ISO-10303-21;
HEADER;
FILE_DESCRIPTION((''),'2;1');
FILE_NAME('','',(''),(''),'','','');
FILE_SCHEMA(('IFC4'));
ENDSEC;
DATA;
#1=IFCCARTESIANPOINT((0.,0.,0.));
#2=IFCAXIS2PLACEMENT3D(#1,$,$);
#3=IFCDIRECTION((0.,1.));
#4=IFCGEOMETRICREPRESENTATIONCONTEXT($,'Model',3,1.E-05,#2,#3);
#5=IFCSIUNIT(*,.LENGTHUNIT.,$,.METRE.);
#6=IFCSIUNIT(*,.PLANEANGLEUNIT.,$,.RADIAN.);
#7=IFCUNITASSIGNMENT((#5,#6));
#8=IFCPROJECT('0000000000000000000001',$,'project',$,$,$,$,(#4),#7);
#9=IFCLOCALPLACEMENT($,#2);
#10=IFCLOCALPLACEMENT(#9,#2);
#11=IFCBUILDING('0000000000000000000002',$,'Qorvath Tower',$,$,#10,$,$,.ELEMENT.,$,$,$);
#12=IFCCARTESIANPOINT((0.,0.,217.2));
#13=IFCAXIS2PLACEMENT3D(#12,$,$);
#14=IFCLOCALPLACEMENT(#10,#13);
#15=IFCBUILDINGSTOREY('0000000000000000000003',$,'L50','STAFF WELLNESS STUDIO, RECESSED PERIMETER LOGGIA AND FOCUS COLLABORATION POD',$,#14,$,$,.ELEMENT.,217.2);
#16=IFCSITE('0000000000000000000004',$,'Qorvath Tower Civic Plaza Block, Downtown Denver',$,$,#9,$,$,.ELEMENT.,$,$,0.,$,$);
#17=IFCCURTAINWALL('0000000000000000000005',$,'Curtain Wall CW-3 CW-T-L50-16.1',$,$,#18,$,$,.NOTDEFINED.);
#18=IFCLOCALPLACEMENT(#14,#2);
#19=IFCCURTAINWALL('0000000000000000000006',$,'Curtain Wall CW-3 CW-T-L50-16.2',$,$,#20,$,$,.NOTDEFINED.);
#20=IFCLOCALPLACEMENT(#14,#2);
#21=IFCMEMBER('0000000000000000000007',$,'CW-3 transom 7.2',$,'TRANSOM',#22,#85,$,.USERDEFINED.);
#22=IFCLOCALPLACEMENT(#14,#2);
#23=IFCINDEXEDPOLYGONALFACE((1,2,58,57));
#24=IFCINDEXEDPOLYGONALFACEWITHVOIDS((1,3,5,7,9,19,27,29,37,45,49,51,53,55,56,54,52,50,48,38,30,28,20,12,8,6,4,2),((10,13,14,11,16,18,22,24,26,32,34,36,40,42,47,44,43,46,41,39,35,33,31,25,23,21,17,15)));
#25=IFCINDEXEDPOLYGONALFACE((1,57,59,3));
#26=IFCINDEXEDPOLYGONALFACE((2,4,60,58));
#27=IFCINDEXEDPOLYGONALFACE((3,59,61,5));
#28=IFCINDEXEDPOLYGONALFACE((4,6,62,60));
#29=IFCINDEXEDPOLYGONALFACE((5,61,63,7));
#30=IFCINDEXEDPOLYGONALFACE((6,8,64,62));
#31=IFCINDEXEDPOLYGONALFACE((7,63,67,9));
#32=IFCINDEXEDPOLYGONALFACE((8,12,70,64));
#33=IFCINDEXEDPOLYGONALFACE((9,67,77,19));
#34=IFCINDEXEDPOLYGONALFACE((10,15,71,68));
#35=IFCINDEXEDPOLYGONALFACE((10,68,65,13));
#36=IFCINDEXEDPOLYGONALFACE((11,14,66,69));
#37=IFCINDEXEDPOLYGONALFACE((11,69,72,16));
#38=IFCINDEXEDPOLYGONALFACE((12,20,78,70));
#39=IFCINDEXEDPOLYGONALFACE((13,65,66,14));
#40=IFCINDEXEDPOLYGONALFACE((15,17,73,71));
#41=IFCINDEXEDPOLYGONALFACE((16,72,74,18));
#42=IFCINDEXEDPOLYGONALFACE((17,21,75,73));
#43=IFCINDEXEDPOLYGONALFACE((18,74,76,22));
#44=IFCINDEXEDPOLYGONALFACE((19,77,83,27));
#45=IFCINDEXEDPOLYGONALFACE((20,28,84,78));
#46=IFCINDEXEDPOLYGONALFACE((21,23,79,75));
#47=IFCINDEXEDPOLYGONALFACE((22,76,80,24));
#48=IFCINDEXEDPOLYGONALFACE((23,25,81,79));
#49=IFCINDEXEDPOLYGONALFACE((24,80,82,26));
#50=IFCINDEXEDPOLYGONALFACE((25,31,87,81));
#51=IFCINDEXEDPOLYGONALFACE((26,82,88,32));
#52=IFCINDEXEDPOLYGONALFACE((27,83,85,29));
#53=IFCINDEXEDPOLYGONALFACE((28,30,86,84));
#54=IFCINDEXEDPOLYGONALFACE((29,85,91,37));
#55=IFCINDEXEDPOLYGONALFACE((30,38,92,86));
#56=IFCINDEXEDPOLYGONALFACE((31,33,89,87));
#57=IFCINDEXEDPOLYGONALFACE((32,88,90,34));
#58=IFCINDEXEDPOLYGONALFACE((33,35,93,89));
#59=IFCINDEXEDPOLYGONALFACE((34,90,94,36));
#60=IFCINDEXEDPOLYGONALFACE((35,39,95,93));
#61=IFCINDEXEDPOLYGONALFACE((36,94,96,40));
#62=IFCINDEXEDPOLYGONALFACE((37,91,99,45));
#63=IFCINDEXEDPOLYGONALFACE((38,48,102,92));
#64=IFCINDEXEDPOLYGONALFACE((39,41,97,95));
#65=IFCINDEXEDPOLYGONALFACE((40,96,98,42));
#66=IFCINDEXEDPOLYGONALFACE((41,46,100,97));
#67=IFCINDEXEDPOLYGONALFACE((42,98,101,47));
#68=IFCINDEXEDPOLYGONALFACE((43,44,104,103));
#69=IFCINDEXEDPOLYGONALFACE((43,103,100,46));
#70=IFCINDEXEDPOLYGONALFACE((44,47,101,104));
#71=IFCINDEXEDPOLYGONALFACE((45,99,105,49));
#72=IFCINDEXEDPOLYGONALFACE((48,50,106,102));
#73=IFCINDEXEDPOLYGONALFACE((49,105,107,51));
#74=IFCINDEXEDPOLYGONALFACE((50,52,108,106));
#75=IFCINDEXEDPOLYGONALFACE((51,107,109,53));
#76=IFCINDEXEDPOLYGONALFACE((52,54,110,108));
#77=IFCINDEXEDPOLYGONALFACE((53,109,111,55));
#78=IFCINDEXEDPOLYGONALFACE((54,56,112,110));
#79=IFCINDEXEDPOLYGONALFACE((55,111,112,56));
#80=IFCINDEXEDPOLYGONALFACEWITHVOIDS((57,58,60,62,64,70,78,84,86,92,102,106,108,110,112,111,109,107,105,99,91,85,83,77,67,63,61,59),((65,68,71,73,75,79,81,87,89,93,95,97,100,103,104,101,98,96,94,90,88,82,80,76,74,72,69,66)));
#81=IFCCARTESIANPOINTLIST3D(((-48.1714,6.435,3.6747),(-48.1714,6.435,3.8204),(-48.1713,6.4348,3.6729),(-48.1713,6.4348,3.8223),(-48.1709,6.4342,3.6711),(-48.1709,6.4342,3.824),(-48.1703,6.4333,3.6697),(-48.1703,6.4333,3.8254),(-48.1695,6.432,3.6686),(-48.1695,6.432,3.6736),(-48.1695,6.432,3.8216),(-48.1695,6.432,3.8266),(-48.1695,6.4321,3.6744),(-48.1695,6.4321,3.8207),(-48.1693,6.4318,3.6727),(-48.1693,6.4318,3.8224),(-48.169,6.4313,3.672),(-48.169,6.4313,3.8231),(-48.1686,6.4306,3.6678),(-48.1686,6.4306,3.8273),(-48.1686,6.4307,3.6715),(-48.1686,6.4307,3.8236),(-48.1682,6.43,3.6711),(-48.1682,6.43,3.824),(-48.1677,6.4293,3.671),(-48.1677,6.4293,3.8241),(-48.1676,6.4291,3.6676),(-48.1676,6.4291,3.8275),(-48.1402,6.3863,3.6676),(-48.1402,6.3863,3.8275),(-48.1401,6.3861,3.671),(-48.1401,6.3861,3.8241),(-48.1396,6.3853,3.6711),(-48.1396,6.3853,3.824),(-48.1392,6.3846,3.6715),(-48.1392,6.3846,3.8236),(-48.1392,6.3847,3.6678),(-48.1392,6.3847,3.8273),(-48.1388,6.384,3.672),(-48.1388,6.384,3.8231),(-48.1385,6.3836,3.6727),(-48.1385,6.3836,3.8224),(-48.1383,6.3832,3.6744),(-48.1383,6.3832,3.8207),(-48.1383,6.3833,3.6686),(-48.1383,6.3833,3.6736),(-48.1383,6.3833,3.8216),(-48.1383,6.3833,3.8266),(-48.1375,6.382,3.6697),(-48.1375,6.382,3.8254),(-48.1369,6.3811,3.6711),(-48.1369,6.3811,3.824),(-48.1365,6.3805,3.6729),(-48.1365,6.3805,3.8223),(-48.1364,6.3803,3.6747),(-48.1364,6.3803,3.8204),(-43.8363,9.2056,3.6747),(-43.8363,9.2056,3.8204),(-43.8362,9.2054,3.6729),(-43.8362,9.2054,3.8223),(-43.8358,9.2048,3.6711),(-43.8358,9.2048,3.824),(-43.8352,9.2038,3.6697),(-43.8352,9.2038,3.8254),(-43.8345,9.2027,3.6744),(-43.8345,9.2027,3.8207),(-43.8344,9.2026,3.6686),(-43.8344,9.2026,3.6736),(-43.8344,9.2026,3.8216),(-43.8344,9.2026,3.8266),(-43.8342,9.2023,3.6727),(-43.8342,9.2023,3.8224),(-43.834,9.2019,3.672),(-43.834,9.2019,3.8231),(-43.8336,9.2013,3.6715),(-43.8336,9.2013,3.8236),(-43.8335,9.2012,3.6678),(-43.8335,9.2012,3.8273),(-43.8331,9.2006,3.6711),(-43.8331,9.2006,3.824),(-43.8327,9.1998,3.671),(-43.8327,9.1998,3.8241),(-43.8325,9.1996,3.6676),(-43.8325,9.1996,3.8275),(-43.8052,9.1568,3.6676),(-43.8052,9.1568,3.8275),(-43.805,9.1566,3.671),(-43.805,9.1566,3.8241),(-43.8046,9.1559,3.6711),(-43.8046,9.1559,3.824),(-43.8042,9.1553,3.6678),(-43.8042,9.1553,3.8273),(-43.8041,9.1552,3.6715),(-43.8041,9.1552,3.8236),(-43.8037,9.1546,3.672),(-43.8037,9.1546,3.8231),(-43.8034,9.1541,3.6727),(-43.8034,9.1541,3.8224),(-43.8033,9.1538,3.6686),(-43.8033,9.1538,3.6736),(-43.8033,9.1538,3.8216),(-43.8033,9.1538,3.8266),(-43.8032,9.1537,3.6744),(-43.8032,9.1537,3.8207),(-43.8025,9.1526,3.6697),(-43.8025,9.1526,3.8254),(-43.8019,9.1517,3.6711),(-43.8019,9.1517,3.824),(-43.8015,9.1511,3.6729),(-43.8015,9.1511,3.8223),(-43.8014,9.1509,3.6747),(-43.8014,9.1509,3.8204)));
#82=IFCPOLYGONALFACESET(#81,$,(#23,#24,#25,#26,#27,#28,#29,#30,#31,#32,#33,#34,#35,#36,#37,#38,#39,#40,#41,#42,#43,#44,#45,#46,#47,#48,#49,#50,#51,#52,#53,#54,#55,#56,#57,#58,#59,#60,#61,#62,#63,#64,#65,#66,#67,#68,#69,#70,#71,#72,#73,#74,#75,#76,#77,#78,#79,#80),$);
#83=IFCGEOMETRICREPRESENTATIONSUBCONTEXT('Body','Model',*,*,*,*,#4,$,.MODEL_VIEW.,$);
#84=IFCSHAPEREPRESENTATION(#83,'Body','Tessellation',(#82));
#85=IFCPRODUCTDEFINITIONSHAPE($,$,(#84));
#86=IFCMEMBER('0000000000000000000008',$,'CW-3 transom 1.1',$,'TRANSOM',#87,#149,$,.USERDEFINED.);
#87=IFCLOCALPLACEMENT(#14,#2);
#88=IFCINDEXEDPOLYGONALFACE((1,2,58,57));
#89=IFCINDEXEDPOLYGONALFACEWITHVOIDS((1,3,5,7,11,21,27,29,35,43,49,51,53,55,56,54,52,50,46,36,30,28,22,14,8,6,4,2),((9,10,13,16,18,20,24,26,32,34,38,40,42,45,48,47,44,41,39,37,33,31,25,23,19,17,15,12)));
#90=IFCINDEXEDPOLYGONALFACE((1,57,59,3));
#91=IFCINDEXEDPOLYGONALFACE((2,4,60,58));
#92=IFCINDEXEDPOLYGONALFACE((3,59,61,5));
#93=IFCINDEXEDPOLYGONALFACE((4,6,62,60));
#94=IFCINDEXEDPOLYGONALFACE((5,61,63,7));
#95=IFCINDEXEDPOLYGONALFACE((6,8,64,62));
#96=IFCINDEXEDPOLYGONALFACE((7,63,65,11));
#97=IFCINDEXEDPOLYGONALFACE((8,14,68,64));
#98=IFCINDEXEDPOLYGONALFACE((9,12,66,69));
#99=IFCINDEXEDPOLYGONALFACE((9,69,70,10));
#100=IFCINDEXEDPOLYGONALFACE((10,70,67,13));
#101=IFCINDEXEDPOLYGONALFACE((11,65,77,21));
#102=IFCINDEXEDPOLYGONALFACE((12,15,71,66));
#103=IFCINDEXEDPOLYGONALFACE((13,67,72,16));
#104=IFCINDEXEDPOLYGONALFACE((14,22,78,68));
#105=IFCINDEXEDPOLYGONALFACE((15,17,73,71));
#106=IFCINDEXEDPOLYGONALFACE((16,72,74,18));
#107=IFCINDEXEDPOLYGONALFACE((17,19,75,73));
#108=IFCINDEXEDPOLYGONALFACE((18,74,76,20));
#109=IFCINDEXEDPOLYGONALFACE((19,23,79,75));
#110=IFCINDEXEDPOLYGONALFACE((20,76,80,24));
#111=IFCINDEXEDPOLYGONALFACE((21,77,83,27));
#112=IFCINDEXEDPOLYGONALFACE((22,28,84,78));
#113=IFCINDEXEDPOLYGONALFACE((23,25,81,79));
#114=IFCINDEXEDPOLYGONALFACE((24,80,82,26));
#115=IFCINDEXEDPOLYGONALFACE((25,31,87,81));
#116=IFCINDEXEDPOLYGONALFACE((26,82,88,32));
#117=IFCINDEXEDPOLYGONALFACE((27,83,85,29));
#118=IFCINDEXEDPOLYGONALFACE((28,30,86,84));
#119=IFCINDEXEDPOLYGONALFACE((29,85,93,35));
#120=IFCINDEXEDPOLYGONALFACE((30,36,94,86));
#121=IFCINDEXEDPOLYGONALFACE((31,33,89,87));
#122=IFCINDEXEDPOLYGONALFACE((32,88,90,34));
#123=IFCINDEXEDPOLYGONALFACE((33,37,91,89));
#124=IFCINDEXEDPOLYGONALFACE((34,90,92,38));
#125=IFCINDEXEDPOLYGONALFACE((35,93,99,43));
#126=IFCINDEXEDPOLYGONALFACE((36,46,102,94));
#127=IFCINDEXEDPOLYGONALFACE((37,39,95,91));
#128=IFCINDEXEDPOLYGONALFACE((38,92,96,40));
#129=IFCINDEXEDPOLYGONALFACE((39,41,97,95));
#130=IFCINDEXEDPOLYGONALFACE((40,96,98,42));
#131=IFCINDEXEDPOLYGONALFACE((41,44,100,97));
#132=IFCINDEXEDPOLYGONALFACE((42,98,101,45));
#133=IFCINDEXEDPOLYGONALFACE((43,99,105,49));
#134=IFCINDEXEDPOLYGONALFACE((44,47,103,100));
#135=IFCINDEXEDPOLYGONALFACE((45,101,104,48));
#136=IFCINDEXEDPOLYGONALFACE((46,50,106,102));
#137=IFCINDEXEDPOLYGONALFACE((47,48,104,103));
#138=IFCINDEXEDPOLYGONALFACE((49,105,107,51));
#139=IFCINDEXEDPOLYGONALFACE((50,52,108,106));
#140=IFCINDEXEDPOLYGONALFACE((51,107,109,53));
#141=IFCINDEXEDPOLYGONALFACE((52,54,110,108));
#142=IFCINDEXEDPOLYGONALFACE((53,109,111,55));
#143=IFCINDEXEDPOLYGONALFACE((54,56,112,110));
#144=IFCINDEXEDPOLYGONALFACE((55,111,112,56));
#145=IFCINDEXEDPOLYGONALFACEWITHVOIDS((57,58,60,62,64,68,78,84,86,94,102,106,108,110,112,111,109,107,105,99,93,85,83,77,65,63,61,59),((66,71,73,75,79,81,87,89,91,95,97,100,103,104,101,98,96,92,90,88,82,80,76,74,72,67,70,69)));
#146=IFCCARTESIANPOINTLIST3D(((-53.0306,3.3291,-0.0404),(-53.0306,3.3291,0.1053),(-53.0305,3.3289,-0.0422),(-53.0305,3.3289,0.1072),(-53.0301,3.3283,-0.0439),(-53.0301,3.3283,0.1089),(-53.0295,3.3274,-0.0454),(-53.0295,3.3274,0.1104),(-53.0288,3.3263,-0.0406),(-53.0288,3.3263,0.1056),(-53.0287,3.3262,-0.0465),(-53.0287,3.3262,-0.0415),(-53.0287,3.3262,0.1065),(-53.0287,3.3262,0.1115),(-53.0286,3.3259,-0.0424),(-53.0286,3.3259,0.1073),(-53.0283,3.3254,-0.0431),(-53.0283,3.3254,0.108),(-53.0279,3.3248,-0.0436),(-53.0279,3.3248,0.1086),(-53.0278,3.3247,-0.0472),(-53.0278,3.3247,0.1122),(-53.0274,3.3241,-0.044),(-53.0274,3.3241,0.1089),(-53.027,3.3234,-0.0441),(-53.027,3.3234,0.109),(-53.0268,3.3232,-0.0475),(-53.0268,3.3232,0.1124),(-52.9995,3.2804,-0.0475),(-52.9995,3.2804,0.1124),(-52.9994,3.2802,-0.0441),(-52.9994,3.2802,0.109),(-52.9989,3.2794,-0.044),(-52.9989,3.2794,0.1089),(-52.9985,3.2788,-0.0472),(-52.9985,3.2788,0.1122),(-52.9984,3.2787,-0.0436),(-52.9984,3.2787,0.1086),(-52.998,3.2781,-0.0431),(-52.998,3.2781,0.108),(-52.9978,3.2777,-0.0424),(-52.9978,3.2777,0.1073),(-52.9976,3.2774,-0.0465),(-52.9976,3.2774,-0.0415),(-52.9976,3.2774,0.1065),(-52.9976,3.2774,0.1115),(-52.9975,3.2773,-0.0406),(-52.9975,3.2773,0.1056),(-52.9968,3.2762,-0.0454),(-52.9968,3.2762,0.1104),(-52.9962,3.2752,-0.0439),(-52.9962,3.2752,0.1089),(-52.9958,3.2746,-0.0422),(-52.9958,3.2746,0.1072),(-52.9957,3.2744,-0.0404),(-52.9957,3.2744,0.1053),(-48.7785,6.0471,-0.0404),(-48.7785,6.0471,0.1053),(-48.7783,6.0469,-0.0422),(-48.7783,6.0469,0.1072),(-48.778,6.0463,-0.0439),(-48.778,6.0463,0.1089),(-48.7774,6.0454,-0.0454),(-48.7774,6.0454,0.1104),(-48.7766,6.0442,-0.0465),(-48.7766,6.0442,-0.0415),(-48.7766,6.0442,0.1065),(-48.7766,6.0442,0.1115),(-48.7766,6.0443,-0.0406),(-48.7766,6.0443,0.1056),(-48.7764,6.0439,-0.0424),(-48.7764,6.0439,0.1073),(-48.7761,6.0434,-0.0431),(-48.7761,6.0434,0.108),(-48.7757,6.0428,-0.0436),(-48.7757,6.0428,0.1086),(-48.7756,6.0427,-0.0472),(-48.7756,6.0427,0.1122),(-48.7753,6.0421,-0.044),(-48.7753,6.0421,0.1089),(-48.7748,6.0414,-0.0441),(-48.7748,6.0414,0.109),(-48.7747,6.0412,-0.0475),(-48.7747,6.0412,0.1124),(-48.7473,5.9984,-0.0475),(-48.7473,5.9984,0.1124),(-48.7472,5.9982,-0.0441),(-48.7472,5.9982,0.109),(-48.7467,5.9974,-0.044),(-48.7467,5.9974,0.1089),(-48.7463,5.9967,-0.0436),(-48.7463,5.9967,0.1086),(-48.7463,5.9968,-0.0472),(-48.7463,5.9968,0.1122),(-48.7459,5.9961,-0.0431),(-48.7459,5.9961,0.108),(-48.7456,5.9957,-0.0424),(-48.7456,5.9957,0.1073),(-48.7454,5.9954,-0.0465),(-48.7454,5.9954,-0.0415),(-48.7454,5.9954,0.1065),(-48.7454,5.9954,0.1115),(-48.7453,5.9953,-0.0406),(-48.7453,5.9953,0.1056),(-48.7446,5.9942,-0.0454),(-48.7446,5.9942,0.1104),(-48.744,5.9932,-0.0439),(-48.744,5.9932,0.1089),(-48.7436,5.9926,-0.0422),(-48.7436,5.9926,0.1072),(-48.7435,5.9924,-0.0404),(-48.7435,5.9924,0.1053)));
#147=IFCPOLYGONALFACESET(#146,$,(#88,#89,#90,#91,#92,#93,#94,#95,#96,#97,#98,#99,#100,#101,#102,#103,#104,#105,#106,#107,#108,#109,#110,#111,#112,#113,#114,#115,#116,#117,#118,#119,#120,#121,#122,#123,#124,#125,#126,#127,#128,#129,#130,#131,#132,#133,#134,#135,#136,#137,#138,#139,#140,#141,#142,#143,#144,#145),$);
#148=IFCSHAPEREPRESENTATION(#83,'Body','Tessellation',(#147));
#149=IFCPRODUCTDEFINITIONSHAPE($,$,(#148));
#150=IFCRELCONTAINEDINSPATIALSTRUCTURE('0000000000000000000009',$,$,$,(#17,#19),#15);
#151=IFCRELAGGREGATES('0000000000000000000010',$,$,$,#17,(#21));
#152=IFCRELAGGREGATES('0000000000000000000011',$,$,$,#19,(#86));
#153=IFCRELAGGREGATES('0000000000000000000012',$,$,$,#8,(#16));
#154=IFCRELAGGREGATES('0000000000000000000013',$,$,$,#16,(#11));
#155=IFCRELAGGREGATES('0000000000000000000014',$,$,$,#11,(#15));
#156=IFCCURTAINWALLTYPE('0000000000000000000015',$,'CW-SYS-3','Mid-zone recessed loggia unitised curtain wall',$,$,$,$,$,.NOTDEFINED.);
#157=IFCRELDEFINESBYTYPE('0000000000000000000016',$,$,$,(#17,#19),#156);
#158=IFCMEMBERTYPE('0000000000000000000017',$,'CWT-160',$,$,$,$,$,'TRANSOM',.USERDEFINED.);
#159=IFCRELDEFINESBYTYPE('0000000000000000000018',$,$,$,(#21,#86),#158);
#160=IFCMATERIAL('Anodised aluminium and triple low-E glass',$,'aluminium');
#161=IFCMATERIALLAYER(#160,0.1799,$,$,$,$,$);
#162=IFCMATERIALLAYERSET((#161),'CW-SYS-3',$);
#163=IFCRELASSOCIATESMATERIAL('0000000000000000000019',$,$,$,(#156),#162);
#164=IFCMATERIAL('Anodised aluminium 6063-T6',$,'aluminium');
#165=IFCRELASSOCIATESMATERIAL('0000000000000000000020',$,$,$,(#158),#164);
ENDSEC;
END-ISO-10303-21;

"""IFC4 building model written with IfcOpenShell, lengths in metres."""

from ifc_helpers import new_model, si_unit, direction, frame, origin, origin_2d, place, context, subcontext, project, spatial, hollow_rectangle, extrude, material, layer, layer_set, material_profile, profile_set, type_object, element, aggregate, save


model = new_model("IFC4")

# Units and contexts
model_context = context("Model", 3, precision=1e-05, world=origin(), true_north=direction((0.0, 1.0)))
body_context = subcontext(model_context, "Body", "Model", "MODEL_VIEW")
ifc_project = project(units=[si_unit("LENGTHUNIT", "METRE"), si_unit("PLANEANGLEUNIT", "RADIAN")], contexts=[model_context])

# Site, building, storey
site_placement = place(None, origin())
site = spatial("IfcSite", under=ifc_project, at=site_placement, Name="Qorvath Tower Civic Plaza Block, Downtown Denver", CompositionType="ELEMENT", RefElevation=0.0)
building_placement = place(site_placement, origin())
building = spatial("IfcBuilding", under=site, at=building_placement, Name="Qorvath Tower", CompositionType="ELEMENT")
storey_placement = place(building_placement, frame((0.0, 0.0, 217.2)))
storey = spatial("IfcBuildingStorey", under=building, at=storey_placement, Name="L50", Description="STAFF WELLNESS STUDIO, RECESSED PERIMETER LOGGIA AND FOCUS COLLABORATION POD", CompositionType="ELEMENT", Elevation=217.2)

# Curtain walls
ifc_material_1 = material(Name="Anodised aluminium and triple low-E glass", Category="aluminium")
ifc_layer_1 = layer(ifc_material_1, 0.1799)
ifc_layer_set_1 = layer_set([ifc_layer_1], Name="CW-SYS-3")
curtain_wall_type = type_object("IfcCurtainWallType", Name="CW-SYS-3", Description="Mid-zone recessed loggia unitised curtain wall", PredefinedType="NOTDEFINED", material=ifc_layer_set_1)
curtain_wall_1_placement = place(storey_placement, origin())
curtain_wall_1 = element("IfcCurtainWall", 1, at=curtain_wall_1_placement, inside=storey, type_object=curtain_wall_type, Name="Curtain Wall CW-3 CW-T-L50-16.1", PredefinedType="NOTDEFINED")
curtain_wall_2_placement = place(storey_placement, origin())
curtain_wall_2 = element("IfcCurtainWall", 2, at=curtain_wall_2_placement, inside=storey, type_object=curtain_wall_type, Name="Curtain Wall CW-3 CW-T-L50-16.2", PredefinedType="NOTDEFINED")

# Members
ifc_material_2 = material(Name="Anodised aluminium 6063-T6", Category="aluminium")
ifc_material_profile_1 = material_profile(ifc_material_2, hollow_rectangle(XDim=0.0649, YDim=0.1599, WallThickness=0.0034, InnerFilletRadius=0.0034, OuterFilletRadius=0.0071, at=origin_2d()), Name="CWT 160x65")
ifc_profile_set_1 = profile_set([ifc_material_profile_1], Name="Anodised aluminium 6063-T6")
member_type_1 = type_object("IfcMemberType", Name="CWT-160", ElementType="TRANSOM", PredefinedType="USERDEFINED", material=ifc_profile_set_1)
member_1_placement = place(storey_placement, frame((-43.8188, 9.1782, 3.7476), z_axis=(-0.842613, -0.53852, 0.0), x_axis=(0.53852, -0.842613, 0.0)))
member_1 = element("IfcMember", 3, at=member_1_placement, type_object=member_type_1, Name="CW-3 transom 7.2", ObjectType="TRANSOM", PredefinedType="USERDEFINED", context=body_context, shape_type="SweptSolid", body=[
    extrude(hollow_rectangle(XDim=0.0649, YDim=0.1599, WallThickness=0.0034, InnerFilletRadius=0.0034, OuterFilletRadius=0.0071, at=origin_2d()), origin(), (0.0, 0.0, 1.0), 5.1448),
])
member_2_placement = place(storey_placement, frame((-48.761, 6.0198, 0.0325), z_axis=(-0.842576, -0.538577, 0.0), x_axis=(0.538577, -0.842576, 0.0)))
member_2 = element("IfcMember", 4, at=member_2_placement, type_object=member_type_1, Name="CW-3 transom 1.1", ObjectType="TRANSOM", PredefinedType="USERDEFINED", context=body_context, shape_type="SweptSolid", body=[
    extrude(hollow_rectangle(XDim=0.0649, YDim=0.1599, WallThickness=0.0034, InnerFilletRadius=0.0034, OuterFilletRadius=0.0071, at=origin_2d()), origin(), (0.0, 0.0, 1.0), 5.0466),
])

aggregate(curtain_wall_1, [member_1])
aggregate(curtain_wall_2, [member_2])

save(model, "model.ifc")
